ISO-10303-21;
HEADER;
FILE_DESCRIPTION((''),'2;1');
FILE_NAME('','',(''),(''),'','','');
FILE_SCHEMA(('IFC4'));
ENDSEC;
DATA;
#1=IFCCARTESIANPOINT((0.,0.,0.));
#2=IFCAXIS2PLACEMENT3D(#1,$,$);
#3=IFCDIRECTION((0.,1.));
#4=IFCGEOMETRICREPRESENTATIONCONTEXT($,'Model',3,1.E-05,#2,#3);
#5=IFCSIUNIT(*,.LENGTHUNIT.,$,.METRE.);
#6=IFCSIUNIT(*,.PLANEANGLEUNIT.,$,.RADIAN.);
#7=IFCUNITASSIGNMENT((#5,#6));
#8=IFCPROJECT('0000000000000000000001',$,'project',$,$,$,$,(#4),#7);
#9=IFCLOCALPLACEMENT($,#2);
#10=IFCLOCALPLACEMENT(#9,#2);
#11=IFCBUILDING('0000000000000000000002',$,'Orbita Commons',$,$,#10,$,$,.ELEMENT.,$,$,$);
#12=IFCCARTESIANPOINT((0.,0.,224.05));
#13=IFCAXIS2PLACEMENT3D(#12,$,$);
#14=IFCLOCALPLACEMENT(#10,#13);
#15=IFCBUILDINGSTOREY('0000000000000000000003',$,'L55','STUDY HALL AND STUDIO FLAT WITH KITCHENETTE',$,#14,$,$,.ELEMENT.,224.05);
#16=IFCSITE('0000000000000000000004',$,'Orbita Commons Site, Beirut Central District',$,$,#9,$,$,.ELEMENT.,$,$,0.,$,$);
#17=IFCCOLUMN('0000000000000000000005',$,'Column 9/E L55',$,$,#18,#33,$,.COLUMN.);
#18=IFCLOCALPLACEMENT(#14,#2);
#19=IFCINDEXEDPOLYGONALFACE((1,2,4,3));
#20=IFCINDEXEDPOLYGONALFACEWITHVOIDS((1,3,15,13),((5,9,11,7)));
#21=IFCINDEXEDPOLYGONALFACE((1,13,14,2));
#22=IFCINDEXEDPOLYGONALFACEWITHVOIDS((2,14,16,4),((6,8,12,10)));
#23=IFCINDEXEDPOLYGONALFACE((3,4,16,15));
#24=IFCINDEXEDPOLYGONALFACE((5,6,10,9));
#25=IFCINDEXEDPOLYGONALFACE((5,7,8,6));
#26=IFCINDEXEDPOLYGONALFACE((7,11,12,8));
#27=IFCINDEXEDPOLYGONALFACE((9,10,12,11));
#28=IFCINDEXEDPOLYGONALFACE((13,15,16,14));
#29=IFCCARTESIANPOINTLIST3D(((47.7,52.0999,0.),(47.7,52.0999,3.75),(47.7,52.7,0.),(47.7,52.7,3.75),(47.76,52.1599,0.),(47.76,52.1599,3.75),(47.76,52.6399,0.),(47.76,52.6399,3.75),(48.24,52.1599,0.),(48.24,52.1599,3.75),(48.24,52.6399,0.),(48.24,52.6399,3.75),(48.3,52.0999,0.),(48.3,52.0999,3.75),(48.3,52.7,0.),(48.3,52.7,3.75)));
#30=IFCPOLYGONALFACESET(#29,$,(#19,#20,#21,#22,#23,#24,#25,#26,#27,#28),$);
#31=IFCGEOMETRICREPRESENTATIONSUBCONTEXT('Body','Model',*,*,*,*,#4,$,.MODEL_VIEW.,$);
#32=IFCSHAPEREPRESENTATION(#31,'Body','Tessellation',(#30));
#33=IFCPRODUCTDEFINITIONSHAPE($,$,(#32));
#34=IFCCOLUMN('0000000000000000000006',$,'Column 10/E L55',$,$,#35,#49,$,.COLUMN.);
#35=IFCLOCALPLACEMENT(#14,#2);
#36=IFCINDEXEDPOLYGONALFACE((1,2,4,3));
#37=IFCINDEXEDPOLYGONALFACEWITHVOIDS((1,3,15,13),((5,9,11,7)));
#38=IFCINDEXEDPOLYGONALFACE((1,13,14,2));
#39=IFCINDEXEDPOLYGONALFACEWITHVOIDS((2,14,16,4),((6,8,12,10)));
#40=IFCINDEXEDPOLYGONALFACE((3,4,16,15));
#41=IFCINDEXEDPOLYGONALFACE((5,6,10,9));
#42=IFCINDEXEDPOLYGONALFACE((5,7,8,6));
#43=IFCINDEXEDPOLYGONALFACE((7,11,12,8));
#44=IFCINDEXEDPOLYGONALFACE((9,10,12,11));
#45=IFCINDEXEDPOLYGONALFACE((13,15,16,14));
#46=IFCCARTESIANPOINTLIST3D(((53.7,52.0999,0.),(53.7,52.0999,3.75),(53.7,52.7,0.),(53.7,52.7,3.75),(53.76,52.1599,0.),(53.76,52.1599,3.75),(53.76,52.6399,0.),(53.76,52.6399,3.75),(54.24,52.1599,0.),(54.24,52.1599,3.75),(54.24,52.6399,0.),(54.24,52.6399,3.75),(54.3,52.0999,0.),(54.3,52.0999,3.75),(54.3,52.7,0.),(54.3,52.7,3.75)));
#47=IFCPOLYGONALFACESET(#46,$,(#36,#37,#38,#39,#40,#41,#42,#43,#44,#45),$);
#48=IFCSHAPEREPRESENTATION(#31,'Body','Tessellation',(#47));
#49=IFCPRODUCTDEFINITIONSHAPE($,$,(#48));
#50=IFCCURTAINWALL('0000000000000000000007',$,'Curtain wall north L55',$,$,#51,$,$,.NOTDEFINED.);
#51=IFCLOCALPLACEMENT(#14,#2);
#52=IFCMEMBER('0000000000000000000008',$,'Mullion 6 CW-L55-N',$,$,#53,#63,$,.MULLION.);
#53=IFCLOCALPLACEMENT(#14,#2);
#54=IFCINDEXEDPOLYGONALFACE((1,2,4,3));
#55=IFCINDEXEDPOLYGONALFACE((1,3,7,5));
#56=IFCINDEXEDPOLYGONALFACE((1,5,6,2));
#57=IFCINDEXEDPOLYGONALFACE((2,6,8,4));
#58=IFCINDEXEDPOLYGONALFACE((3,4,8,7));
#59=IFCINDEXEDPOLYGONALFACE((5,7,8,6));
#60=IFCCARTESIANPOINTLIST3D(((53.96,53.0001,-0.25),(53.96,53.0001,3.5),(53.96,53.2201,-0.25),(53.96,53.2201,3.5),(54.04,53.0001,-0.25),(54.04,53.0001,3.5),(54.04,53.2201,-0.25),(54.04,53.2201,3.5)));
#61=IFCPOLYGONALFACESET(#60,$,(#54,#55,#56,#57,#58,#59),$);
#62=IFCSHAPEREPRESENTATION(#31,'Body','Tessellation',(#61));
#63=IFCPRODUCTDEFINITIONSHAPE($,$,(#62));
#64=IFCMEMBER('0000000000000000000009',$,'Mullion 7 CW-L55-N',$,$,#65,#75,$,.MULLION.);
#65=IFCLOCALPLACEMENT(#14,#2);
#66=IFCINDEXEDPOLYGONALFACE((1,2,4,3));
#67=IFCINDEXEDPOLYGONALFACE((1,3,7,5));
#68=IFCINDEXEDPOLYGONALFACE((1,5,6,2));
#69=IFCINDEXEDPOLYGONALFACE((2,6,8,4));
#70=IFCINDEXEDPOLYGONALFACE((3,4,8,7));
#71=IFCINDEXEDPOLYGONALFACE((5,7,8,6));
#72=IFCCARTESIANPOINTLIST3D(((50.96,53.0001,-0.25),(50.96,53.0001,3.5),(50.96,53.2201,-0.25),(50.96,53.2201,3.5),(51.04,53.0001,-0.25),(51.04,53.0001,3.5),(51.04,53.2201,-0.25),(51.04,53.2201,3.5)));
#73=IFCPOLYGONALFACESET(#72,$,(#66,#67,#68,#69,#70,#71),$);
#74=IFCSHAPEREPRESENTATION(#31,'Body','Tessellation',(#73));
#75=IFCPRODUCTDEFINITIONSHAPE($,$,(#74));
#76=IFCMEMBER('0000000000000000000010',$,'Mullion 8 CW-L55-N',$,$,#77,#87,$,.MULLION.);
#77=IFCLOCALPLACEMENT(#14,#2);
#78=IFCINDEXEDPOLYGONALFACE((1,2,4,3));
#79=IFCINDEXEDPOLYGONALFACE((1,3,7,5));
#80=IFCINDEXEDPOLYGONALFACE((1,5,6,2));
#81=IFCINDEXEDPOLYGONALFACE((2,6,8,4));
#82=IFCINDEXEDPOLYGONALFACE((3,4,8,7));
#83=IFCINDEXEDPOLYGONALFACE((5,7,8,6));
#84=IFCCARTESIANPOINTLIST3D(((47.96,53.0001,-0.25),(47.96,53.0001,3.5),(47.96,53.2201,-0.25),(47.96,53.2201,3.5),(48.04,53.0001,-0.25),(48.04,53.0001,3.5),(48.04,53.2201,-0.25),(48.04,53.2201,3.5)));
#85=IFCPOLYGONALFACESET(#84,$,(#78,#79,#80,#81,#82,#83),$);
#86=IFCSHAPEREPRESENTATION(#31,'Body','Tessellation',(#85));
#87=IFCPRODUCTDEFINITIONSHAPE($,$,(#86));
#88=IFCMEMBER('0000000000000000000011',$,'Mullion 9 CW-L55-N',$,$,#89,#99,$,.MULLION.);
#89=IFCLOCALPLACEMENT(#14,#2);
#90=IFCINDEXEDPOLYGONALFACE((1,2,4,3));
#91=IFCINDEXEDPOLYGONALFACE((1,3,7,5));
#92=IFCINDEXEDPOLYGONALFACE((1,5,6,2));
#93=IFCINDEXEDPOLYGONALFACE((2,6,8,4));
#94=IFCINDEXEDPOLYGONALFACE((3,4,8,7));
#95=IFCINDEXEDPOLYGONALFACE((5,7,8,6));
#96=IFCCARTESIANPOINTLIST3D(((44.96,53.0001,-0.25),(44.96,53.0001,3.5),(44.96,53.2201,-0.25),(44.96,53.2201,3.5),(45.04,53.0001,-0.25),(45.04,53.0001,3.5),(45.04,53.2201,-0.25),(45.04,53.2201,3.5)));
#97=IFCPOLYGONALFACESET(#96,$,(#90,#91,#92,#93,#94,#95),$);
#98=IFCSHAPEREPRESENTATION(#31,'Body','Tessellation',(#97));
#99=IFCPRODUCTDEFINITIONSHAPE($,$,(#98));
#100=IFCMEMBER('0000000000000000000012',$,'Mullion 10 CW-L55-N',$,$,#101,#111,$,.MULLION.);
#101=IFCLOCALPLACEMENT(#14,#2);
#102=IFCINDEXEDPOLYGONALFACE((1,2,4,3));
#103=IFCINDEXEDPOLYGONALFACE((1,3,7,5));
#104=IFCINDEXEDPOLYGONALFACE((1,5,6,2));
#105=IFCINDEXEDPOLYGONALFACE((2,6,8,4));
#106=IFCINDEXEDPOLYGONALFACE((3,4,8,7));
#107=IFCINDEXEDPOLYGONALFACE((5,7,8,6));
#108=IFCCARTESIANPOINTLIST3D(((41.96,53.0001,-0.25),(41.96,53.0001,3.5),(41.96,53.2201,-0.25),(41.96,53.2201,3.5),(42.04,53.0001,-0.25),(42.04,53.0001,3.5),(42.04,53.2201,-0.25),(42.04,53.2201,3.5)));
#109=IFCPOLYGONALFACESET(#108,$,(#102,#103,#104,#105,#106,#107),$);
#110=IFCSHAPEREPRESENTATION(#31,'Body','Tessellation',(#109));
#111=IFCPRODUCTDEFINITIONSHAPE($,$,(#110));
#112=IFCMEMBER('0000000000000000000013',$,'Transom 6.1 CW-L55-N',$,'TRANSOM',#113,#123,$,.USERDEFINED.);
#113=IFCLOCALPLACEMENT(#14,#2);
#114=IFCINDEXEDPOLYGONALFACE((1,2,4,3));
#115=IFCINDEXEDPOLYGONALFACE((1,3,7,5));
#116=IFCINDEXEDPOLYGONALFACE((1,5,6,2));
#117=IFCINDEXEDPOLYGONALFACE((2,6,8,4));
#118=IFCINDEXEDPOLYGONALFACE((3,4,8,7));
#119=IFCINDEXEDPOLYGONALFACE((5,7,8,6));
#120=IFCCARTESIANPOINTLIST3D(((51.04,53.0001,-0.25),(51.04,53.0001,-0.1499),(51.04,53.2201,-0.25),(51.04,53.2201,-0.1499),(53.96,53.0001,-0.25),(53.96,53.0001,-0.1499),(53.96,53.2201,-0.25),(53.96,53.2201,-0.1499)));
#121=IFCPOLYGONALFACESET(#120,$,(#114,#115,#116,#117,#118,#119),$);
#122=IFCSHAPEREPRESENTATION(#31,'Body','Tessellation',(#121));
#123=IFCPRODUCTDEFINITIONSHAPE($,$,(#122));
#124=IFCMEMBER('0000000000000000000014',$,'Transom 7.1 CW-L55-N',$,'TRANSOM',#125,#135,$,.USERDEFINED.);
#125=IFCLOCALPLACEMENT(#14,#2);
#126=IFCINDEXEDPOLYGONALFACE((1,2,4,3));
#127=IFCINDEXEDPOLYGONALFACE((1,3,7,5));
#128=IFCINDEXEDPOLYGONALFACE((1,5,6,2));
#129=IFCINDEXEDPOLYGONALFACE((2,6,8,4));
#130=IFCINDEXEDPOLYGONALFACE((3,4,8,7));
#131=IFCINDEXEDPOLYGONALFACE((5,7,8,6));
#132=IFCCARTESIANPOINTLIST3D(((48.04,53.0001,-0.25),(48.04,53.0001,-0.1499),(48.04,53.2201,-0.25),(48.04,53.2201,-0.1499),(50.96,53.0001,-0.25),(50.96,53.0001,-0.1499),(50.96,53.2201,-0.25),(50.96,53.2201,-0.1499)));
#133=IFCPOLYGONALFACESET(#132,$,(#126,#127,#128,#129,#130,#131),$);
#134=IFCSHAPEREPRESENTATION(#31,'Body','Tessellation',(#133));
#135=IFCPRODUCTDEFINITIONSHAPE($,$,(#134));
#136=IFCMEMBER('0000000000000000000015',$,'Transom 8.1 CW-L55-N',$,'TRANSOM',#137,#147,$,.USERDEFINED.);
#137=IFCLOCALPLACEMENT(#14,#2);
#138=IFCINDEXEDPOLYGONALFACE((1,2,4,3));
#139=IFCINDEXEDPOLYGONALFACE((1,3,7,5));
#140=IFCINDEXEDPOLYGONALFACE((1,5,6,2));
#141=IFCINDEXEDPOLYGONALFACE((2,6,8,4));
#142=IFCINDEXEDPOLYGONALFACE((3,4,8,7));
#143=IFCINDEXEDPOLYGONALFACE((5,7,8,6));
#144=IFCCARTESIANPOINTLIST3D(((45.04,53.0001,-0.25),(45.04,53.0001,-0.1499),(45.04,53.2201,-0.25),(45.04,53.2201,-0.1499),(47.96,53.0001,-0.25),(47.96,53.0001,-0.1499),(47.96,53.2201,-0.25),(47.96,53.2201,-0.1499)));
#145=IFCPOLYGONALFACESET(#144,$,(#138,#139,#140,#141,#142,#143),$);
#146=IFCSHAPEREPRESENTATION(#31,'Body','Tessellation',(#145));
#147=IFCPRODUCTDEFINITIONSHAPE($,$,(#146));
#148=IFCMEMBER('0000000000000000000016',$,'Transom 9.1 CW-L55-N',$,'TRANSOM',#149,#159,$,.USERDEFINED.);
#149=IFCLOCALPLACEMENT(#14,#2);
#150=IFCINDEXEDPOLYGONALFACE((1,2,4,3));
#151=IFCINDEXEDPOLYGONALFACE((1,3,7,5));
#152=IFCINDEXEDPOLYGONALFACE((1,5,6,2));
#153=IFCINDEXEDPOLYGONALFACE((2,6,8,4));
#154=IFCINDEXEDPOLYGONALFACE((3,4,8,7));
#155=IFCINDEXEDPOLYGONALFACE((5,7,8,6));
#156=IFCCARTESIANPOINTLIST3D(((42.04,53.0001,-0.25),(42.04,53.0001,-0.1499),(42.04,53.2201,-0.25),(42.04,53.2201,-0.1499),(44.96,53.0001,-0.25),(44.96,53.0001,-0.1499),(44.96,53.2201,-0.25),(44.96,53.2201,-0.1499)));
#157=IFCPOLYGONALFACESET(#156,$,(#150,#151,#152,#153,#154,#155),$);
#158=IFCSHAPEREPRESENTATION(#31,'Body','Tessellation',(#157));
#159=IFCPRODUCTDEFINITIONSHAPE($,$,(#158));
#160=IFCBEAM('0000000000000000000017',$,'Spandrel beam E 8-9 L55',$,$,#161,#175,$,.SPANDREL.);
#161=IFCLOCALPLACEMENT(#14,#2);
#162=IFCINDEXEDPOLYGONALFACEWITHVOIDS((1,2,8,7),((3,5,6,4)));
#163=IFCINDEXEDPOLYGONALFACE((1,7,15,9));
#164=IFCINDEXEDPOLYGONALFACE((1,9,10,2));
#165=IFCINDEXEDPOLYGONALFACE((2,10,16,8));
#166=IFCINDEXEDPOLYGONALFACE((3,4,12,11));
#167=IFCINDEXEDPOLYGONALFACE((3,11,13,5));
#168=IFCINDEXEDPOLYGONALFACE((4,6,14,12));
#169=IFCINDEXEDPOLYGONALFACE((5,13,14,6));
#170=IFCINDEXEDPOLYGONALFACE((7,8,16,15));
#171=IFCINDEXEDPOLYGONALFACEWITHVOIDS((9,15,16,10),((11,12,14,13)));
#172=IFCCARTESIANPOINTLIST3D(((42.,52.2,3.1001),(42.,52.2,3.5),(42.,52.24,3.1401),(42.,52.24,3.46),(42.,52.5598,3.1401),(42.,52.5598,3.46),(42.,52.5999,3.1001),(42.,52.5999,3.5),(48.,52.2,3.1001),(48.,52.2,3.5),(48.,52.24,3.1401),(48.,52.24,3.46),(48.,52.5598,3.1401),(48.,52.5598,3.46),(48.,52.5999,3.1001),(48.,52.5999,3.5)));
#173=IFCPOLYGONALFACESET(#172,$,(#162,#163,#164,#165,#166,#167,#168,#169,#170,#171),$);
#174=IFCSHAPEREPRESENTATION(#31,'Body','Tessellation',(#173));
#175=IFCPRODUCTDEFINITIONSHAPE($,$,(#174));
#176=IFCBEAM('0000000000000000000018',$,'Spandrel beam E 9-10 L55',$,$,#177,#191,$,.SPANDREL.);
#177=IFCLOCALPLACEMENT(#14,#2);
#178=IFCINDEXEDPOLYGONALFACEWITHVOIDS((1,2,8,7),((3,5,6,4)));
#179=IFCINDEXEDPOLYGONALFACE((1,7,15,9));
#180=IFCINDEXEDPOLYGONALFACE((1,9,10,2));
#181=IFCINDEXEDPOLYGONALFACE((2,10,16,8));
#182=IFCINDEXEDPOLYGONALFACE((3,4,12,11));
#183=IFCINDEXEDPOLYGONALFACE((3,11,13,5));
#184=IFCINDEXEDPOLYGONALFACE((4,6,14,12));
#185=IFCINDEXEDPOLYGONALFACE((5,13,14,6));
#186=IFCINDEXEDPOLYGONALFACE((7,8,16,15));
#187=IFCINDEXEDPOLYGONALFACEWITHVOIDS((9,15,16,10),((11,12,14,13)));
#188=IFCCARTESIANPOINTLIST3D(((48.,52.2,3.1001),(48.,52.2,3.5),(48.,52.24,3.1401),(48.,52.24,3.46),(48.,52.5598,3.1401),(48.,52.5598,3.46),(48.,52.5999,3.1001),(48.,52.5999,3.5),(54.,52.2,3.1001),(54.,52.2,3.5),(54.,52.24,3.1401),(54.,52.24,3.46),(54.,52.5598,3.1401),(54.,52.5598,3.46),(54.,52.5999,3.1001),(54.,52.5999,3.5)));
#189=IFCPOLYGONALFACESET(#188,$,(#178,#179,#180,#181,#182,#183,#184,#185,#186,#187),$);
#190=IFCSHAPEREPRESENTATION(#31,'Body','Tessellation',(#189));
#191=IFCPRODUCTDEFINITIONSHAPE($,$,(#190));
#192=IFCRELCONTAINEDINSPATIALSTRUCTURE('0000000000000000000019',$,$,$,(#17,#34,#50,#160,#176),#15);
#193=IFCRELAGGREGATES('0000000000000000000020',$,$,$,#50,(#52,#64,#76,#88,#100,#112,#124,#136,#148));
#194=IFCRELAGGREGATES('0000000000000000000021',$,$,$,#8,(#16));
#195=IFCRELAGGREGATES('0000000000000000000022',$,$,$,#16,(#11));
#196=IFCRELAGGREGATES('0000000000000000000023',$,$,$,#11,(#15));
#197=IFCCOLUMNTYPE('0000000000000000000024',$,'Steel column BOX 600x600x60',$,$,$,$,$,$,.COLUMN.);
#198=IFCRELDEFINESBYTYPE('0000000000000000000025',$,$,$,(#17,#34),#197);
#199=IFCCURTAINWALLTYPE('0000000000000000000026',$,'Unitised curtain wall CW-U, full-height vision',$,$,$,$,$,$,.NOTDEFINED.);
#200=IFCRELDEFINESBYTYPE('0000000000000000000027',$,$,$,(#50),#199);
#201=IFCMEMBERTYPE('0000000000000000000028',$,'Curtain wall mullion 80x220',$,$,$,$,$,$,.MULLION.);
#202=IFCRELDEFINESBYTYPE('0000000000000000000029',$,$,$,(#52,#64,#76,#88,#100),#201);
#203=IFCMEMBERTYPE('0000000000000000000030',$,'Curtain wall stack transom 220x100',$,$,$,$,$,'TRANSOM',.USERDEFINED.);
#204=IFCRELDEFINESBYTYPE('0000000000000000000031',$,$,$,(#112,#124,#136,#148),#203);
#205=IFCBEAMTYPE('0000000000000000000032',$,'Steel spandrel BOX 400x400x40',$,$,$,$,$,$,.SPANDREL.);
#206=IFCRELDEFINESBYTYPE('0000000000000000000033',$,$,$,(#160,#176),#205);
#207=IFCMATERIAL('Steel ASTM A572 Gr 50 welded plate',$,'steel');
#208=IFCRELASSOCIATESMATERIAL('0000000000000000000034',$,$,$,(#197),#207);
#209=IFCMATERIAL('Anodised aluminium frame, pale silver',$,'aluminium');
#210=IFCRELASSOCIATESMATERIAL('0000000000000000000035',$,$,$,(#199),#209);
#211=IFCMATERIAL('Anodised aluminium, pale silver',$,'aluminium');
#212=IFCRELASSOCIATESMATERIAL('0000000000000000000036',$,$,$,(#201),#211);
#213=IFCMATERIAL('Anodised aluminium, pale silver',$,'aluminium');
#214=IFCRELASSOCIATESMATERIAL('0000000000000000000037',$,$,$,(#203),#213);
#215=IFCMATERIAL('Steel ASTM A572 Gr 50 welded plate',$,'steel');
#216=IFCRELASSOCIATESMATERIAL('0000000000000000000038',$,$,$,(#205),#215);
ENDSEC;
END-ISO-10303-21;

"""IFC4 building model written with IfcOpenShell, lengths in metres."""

from ifc_helpers import new_model, si_unit, direction, frame, origin, origin_2d, place, context, subcontext, project, spatial, rectangle, hollow_rectangle, extrude, material, material_profile, profile_set, type_object, element, aggregate, save


model = new_model("IFC4")

# Units and contexts
model_context = context("Model", 3, precision=1e-05, world=origin(), true_north=direction((0.0, 1.0)))
body_context = subcontext(model_context, "Body", "Model", "MODEL_VIEW")
ifc_project = project(units=[si_unit("LENGTHUNIT", "METRE"), si_unit("PLANEANGLEUNIT", "RADIAN")], contexts=[model_context])

# Site, building, storey
site_placement = place(None, origin())
site = spatial("IfcSite", under=ifc_project, at=site_placement, Name="Orbita Commons Site, Beirut Central District", CompositionType="ELEMENT", RefElevation=0.0)
building_placement = place(site_placement, origin())
building = spatial("IfcBuilding", under=site, at=building_placement, Name="Orbita Commons", CompositionType="ELEMENT")
storey_placement = place(building_placement, frame((0.0, 0.0, 224.05)))
storey = spatial("IfcBuildingStorey", under=building, at=storey_placement, Name="L55", Description="STUDY HALL AND STUDIO FLAT WITH KITCHENETTE", CompositionType="ELEMENT", Elevation=224.05)

# Columns
ifc_material_1 = material(Name="Steel ASTM A572 Gr 50 welded plate", Category="steel")
ifc_material_profile_1 = material_profile(ifc_material_1, hollow_rectangle(XDim=0.6001, YDim=0.6001, WallThickness=0.0601, at=origin_2d()), Name="BOX 600x600x60")
ifc_profile_set_1 = profile_set([ifc_material_profile_1], Name="Steel ASTM A572 Gr 50 welded plate")
column_type = type_object("IfcColumnType", Name="Steel column BOX 600x600x60", PredefinedType="COLUMN", material=ifc_profile_set_1)
for number, where, z_axis, x_axis, name in (
    (1, (48.0, 52.3999, 0.0), (0.0, 0.0, 1.0), (1.0, 0.0, 0.0), "Column 9/E L55"),
    (2, (54.0, 52.3999, 0.0), (0.0, 0.0, 1.0), (1.0, 0.0, 0.0), "Column 10/E L55"),
):
    element("IfcColumn", number, at=place(storey_placement, frame(where, z_axis=z_axis, x_axis=x_axis)), inside=storey, type_object=column_type, Name=name, PredefinedType="COLUMN", context=body_context, shape_type="SweptSolid", body=[
        extrude(hollow_rectangle(XDim=0.6001, YDim=0.6001, WallThickness=0.0601, at=origin_2d()), origin(), (0.0, 0.0, 1.0), 3.75),
    ])

# Curtain wall, members
ifc_material_2 = material(Name="Anodised aluminium frame, pale silver", Category="aluminium")
curtain_wall_type = type_object("IfcCurtainWallType", Name="Unitised curtain wall CW-U, full-height vision", PredefinedType="NOTDEFINED", material=ifc_material_2)
curtain_wall_placement = place(storey_placement, origin())
curtain_wall = element("IfcCurtainWall", 3, at=curtain_wall_placement, inside=storey, type_object=curtain_wall_type, Name="Curtain wall north L55", PredefinedType="NOTDEFINED")
ifc_material_3 = material(Name="Anodised aluminium, pale silver", Category="aluminium")
ifc_material_profile_2 = material_profile(ifc_material_3, rectangle(XDim=0.0801, YDim=0.22, at=origin_2d()), Name="AL 80x220")
ifc_profile_set_2 = profile_set([ifc_material_profile_2], Name="Anodised aluminium, pale silver")
member_type_1 = type_object("IfcMemberType", Name="Curtain wall mullion 80x220", PredefinedType="MULLION", material=ifc_profile_set_2)
member_1_placement = place(storey_placement, frame((54.0, 53.1101, -0.25), z_axis=(0.0, 0.0, 1.0), x_axis=(-1.0, 0.0, 0.0)))
member_1 = element("IfcMember", 4, at=member_1_placement, type_object=member_type_1, Name="Mullion 6 CW-L55-N", PredefinedType="MULLION", context=body_context, shape_type="SweptSolid", body=[
    extrude(rectangle(XDim=0.0801, YDim=0.22, at=origin_2d()), origin(), (0.0, 0.0, 1.0), 3.75),
])
member_2_placement = place(storey_placement, frame((51.0, 53.1101, -0.25), z_axis=(0.0, 0.0, 1.0), x_axis=(-1.0, 0.0, 0.0)))
member_2 = element("IfcMember", 5, at=member_2_placement, type_object=member_type_1, Name="Mullion 7 CW-L55-N", PredefinedType="MULLION", context=body_context, shape_type="SweptSolid", body=[
    extrude(rectangle(XDim=0.0801, YDim=0.22, at=origin_2d()), origin(), (0.0, 0.0, 1.0), 3.75),
])
member_3_placement = place(storey_placement, frame((48.0, 53.1101, -0.25), z_axis=(0.0, 0.0, 1.0), x_axis=(-1.0, 0.0, 0.0)))
member_3 = element("IfcMember", 6, at=member_3_placement, type_object=member_type_1, Name="Mullion 8 CW-L55-N", PredefinedType="MULLION", context=body_context, shape_type="SweptSolid", body=[
    extrude(rectangle(XDim=0.0801, YDim=0.22, at=origin_2d()), origin(), (0.0, 0.0, 1.0), 3.75),
])
member_4_placement = place(storey_placement, frame((45.0, 53.1101, -0.25), z_axis=(0.0, 0.0, 1.0), x_axis=(-1.0, 0.0, 0.0)))
member_4 = element("IfcMember", 7, at=member_4_placement, type_object=member_type_1, Name="Mullion 9 CW-L55-N", PredefinedType="MULLION", context=body_context, shape_type="SweptSolid", body=[
    extrude(rectangle(XDim=0.0801, YDim=0.22, at=origin_2d()), origin(), (0.0, 0.0, 1.0), 3.75),
])
member_5_placement = place(storey_placement, frame((42.0, 53.1101, -0.25), z_axis=(0.0, 0.0, 1.0), x_axis=(-1.0, 0.0, 0.0)))
member_5 = element("IfcMember", 8, at=member_5_placement, type_object=member_type_1, Name="Mullion 10 CW-L55-N", PredefinedType="MULLION", context=body_context, shape_type="SweptSolid", body=[
    extrude(rectangle(XDim=0.0801, YDim=0.22, at=origin_2d()), origin(), (0.0, 0.0, 1.0), 3.75),
])
ifc_material_4 = material(Name="Anodised aluminium, pale silver", Category="aluminium")
ifc_material_profile_3 = material_profile(ifc_material_4, rectangle(XDim=0.22, YDim=0.1001, at=origin_2d()), Name="AL 220x100")
ifc_profile_set_3 = profile_set([ifc_material_profile_3], Name="Anodised aluminium, pale silver")
member_type_2 = type_object("IfcMemberType", Name="Curtain wall stack transom 220x100", ElementType="TRANSOM", PredefinedType="USERDEFINED", material=ifc_profile_set_3)
member_6_placement = place(storey_placement, frame((53.96, 53.1101, -0.2), z_axis=(-1.0, 0.0, 0.0), x_axis=(0.0, -1.0, 0.0)))
member_6 = element("IfcMember", 9, at=member_6_placement, type_object=member_type_2, Name="Transom 6.1 CW-L55-N", ObjectType="TRANSOM", PredefinedType="USERDEFINED", context=body_context, shape_type="SweptSolid", body=[
    extrude(rectangle(XDim=0.22, YDim=0.1001, at=origin_2d()), origin(), (0.0, 0.0, 1.0), 2.9199),
])
member_7_placement = place(storey_placement, frame((50.96, 53.1101, -0.2), z_axis=(-1.0, 0.0, 0.0), x_axis=(0.0, -1.0, 0.0)))
member_7 = element("IfcMember", 10, at=member_7_placement, type_object=member_type_2, Name="Transom 7.1 CW-L55-N", ObjectType="TRANSOM", PredefinedType="USERDEFINED", context=body_context, shape_type="SweptSolid", body=[
    extrude(rectangle(XDim=0.22, YDim=0.1001, at=origin_2d()), origin(), (0.0, 0.0, 1.0), 2.9199),
])
member_8_placement = place(storey_placement, frame((47.96, 53.1101, -0.2), z_axis=(-1.0, 0.0, 0.0), x_axis=(0.0, -1.0, 0.0)))
member_8 = element("IfcMember", 11, at=member_8_placement, type_object=member_type_2, Name="Transom 8.1 CW-L55-N", ObjectType="TRANSOM", PredefinedType="USERDEFINED", context=body_context, shape_type="SweptSolid", body=[
    extrude(rectangle(XDim=0.22, YDim=0.1001, at=origin_2d()), origin(), (0.0, 0.0, 1.0), 2.9199),
])
member_9_placement = place(storey_placement, frame((44.96, 53.1101, -0.2), z_axis=(-1.0, 0.0, 0.0), x_axis=(0.0, -1.0, 0.0)))
member_9 = element("IfcMember", 12, at=member_9_placement, type_object=member_type_2, Name="Transom 9.1 CW-L55-N", ObjectType="TRANSOM", PredefinedType="USERDEFINED", context=body_context, shape_type="SweptSolid", body=[
    extrude(rectangle(XDim=0.22, YDim=0.1001, at=origin_2d()), origin(), (0.0, 0.0, 1.0), 2.9199),
])

# Beams
ifc_material_5 = material(Name="Steel ASTM A572 Gr 50 welded plate", Category="steel")
ifc_material_profile_4 = material_profile(ifc_material_5, hollow_rectangle(XDim=0.3999, YDim=0.3999, WallThickness=0.04, at=origin_2d()), Name="BOX 400x400x40")
ifc_profile_set_4 = profile_set([ifc_material_profile_4], Name="Steel ASTM A572 Gr 50 welded plate")
beam_type = type_object("IfcBeamType", Name="Steel spandrel BOX 400x400x40", PredefinedType="SPANDREL", material=ifc_profile_set_4)
for number, where, z_axis, x_axis, name in (
    (13, (42.0, 52.3999, 3.3), (1.0, 0.0, 0.0), (0.0, 1.0, 0.0), "Spandrel beam E 8-9 L55"),
    (14, (48.0, 52.3999, 3.3), (1.0, 0.0, 0.0), (0.0, 1.0, 0.0), "Spandrel beam E 9-10 L55"),
):
    element("IfcBeam", number, at=place(storey_placement, frame(where, z_axis=z_axis, x_axis=x_axis)), inside=storey, type_object=beam_type, Name=name, PredefinedType="SPANDREL", context=body_context, shape_type="SweptSolid", body=[
        extrude(hollow_rectangle(XDim=0.3999, YDim=0.3999, WallThickness=0.04, at=origin_2d()), origin(), (0.0, 0.0, 1.0), 6.0),
    ])

aggregate(curtain_wall, [member_1, member_2, member_3, member_4, member_5, member_6, member_7, member_8, member_9])

save(model, "model.ifc")
